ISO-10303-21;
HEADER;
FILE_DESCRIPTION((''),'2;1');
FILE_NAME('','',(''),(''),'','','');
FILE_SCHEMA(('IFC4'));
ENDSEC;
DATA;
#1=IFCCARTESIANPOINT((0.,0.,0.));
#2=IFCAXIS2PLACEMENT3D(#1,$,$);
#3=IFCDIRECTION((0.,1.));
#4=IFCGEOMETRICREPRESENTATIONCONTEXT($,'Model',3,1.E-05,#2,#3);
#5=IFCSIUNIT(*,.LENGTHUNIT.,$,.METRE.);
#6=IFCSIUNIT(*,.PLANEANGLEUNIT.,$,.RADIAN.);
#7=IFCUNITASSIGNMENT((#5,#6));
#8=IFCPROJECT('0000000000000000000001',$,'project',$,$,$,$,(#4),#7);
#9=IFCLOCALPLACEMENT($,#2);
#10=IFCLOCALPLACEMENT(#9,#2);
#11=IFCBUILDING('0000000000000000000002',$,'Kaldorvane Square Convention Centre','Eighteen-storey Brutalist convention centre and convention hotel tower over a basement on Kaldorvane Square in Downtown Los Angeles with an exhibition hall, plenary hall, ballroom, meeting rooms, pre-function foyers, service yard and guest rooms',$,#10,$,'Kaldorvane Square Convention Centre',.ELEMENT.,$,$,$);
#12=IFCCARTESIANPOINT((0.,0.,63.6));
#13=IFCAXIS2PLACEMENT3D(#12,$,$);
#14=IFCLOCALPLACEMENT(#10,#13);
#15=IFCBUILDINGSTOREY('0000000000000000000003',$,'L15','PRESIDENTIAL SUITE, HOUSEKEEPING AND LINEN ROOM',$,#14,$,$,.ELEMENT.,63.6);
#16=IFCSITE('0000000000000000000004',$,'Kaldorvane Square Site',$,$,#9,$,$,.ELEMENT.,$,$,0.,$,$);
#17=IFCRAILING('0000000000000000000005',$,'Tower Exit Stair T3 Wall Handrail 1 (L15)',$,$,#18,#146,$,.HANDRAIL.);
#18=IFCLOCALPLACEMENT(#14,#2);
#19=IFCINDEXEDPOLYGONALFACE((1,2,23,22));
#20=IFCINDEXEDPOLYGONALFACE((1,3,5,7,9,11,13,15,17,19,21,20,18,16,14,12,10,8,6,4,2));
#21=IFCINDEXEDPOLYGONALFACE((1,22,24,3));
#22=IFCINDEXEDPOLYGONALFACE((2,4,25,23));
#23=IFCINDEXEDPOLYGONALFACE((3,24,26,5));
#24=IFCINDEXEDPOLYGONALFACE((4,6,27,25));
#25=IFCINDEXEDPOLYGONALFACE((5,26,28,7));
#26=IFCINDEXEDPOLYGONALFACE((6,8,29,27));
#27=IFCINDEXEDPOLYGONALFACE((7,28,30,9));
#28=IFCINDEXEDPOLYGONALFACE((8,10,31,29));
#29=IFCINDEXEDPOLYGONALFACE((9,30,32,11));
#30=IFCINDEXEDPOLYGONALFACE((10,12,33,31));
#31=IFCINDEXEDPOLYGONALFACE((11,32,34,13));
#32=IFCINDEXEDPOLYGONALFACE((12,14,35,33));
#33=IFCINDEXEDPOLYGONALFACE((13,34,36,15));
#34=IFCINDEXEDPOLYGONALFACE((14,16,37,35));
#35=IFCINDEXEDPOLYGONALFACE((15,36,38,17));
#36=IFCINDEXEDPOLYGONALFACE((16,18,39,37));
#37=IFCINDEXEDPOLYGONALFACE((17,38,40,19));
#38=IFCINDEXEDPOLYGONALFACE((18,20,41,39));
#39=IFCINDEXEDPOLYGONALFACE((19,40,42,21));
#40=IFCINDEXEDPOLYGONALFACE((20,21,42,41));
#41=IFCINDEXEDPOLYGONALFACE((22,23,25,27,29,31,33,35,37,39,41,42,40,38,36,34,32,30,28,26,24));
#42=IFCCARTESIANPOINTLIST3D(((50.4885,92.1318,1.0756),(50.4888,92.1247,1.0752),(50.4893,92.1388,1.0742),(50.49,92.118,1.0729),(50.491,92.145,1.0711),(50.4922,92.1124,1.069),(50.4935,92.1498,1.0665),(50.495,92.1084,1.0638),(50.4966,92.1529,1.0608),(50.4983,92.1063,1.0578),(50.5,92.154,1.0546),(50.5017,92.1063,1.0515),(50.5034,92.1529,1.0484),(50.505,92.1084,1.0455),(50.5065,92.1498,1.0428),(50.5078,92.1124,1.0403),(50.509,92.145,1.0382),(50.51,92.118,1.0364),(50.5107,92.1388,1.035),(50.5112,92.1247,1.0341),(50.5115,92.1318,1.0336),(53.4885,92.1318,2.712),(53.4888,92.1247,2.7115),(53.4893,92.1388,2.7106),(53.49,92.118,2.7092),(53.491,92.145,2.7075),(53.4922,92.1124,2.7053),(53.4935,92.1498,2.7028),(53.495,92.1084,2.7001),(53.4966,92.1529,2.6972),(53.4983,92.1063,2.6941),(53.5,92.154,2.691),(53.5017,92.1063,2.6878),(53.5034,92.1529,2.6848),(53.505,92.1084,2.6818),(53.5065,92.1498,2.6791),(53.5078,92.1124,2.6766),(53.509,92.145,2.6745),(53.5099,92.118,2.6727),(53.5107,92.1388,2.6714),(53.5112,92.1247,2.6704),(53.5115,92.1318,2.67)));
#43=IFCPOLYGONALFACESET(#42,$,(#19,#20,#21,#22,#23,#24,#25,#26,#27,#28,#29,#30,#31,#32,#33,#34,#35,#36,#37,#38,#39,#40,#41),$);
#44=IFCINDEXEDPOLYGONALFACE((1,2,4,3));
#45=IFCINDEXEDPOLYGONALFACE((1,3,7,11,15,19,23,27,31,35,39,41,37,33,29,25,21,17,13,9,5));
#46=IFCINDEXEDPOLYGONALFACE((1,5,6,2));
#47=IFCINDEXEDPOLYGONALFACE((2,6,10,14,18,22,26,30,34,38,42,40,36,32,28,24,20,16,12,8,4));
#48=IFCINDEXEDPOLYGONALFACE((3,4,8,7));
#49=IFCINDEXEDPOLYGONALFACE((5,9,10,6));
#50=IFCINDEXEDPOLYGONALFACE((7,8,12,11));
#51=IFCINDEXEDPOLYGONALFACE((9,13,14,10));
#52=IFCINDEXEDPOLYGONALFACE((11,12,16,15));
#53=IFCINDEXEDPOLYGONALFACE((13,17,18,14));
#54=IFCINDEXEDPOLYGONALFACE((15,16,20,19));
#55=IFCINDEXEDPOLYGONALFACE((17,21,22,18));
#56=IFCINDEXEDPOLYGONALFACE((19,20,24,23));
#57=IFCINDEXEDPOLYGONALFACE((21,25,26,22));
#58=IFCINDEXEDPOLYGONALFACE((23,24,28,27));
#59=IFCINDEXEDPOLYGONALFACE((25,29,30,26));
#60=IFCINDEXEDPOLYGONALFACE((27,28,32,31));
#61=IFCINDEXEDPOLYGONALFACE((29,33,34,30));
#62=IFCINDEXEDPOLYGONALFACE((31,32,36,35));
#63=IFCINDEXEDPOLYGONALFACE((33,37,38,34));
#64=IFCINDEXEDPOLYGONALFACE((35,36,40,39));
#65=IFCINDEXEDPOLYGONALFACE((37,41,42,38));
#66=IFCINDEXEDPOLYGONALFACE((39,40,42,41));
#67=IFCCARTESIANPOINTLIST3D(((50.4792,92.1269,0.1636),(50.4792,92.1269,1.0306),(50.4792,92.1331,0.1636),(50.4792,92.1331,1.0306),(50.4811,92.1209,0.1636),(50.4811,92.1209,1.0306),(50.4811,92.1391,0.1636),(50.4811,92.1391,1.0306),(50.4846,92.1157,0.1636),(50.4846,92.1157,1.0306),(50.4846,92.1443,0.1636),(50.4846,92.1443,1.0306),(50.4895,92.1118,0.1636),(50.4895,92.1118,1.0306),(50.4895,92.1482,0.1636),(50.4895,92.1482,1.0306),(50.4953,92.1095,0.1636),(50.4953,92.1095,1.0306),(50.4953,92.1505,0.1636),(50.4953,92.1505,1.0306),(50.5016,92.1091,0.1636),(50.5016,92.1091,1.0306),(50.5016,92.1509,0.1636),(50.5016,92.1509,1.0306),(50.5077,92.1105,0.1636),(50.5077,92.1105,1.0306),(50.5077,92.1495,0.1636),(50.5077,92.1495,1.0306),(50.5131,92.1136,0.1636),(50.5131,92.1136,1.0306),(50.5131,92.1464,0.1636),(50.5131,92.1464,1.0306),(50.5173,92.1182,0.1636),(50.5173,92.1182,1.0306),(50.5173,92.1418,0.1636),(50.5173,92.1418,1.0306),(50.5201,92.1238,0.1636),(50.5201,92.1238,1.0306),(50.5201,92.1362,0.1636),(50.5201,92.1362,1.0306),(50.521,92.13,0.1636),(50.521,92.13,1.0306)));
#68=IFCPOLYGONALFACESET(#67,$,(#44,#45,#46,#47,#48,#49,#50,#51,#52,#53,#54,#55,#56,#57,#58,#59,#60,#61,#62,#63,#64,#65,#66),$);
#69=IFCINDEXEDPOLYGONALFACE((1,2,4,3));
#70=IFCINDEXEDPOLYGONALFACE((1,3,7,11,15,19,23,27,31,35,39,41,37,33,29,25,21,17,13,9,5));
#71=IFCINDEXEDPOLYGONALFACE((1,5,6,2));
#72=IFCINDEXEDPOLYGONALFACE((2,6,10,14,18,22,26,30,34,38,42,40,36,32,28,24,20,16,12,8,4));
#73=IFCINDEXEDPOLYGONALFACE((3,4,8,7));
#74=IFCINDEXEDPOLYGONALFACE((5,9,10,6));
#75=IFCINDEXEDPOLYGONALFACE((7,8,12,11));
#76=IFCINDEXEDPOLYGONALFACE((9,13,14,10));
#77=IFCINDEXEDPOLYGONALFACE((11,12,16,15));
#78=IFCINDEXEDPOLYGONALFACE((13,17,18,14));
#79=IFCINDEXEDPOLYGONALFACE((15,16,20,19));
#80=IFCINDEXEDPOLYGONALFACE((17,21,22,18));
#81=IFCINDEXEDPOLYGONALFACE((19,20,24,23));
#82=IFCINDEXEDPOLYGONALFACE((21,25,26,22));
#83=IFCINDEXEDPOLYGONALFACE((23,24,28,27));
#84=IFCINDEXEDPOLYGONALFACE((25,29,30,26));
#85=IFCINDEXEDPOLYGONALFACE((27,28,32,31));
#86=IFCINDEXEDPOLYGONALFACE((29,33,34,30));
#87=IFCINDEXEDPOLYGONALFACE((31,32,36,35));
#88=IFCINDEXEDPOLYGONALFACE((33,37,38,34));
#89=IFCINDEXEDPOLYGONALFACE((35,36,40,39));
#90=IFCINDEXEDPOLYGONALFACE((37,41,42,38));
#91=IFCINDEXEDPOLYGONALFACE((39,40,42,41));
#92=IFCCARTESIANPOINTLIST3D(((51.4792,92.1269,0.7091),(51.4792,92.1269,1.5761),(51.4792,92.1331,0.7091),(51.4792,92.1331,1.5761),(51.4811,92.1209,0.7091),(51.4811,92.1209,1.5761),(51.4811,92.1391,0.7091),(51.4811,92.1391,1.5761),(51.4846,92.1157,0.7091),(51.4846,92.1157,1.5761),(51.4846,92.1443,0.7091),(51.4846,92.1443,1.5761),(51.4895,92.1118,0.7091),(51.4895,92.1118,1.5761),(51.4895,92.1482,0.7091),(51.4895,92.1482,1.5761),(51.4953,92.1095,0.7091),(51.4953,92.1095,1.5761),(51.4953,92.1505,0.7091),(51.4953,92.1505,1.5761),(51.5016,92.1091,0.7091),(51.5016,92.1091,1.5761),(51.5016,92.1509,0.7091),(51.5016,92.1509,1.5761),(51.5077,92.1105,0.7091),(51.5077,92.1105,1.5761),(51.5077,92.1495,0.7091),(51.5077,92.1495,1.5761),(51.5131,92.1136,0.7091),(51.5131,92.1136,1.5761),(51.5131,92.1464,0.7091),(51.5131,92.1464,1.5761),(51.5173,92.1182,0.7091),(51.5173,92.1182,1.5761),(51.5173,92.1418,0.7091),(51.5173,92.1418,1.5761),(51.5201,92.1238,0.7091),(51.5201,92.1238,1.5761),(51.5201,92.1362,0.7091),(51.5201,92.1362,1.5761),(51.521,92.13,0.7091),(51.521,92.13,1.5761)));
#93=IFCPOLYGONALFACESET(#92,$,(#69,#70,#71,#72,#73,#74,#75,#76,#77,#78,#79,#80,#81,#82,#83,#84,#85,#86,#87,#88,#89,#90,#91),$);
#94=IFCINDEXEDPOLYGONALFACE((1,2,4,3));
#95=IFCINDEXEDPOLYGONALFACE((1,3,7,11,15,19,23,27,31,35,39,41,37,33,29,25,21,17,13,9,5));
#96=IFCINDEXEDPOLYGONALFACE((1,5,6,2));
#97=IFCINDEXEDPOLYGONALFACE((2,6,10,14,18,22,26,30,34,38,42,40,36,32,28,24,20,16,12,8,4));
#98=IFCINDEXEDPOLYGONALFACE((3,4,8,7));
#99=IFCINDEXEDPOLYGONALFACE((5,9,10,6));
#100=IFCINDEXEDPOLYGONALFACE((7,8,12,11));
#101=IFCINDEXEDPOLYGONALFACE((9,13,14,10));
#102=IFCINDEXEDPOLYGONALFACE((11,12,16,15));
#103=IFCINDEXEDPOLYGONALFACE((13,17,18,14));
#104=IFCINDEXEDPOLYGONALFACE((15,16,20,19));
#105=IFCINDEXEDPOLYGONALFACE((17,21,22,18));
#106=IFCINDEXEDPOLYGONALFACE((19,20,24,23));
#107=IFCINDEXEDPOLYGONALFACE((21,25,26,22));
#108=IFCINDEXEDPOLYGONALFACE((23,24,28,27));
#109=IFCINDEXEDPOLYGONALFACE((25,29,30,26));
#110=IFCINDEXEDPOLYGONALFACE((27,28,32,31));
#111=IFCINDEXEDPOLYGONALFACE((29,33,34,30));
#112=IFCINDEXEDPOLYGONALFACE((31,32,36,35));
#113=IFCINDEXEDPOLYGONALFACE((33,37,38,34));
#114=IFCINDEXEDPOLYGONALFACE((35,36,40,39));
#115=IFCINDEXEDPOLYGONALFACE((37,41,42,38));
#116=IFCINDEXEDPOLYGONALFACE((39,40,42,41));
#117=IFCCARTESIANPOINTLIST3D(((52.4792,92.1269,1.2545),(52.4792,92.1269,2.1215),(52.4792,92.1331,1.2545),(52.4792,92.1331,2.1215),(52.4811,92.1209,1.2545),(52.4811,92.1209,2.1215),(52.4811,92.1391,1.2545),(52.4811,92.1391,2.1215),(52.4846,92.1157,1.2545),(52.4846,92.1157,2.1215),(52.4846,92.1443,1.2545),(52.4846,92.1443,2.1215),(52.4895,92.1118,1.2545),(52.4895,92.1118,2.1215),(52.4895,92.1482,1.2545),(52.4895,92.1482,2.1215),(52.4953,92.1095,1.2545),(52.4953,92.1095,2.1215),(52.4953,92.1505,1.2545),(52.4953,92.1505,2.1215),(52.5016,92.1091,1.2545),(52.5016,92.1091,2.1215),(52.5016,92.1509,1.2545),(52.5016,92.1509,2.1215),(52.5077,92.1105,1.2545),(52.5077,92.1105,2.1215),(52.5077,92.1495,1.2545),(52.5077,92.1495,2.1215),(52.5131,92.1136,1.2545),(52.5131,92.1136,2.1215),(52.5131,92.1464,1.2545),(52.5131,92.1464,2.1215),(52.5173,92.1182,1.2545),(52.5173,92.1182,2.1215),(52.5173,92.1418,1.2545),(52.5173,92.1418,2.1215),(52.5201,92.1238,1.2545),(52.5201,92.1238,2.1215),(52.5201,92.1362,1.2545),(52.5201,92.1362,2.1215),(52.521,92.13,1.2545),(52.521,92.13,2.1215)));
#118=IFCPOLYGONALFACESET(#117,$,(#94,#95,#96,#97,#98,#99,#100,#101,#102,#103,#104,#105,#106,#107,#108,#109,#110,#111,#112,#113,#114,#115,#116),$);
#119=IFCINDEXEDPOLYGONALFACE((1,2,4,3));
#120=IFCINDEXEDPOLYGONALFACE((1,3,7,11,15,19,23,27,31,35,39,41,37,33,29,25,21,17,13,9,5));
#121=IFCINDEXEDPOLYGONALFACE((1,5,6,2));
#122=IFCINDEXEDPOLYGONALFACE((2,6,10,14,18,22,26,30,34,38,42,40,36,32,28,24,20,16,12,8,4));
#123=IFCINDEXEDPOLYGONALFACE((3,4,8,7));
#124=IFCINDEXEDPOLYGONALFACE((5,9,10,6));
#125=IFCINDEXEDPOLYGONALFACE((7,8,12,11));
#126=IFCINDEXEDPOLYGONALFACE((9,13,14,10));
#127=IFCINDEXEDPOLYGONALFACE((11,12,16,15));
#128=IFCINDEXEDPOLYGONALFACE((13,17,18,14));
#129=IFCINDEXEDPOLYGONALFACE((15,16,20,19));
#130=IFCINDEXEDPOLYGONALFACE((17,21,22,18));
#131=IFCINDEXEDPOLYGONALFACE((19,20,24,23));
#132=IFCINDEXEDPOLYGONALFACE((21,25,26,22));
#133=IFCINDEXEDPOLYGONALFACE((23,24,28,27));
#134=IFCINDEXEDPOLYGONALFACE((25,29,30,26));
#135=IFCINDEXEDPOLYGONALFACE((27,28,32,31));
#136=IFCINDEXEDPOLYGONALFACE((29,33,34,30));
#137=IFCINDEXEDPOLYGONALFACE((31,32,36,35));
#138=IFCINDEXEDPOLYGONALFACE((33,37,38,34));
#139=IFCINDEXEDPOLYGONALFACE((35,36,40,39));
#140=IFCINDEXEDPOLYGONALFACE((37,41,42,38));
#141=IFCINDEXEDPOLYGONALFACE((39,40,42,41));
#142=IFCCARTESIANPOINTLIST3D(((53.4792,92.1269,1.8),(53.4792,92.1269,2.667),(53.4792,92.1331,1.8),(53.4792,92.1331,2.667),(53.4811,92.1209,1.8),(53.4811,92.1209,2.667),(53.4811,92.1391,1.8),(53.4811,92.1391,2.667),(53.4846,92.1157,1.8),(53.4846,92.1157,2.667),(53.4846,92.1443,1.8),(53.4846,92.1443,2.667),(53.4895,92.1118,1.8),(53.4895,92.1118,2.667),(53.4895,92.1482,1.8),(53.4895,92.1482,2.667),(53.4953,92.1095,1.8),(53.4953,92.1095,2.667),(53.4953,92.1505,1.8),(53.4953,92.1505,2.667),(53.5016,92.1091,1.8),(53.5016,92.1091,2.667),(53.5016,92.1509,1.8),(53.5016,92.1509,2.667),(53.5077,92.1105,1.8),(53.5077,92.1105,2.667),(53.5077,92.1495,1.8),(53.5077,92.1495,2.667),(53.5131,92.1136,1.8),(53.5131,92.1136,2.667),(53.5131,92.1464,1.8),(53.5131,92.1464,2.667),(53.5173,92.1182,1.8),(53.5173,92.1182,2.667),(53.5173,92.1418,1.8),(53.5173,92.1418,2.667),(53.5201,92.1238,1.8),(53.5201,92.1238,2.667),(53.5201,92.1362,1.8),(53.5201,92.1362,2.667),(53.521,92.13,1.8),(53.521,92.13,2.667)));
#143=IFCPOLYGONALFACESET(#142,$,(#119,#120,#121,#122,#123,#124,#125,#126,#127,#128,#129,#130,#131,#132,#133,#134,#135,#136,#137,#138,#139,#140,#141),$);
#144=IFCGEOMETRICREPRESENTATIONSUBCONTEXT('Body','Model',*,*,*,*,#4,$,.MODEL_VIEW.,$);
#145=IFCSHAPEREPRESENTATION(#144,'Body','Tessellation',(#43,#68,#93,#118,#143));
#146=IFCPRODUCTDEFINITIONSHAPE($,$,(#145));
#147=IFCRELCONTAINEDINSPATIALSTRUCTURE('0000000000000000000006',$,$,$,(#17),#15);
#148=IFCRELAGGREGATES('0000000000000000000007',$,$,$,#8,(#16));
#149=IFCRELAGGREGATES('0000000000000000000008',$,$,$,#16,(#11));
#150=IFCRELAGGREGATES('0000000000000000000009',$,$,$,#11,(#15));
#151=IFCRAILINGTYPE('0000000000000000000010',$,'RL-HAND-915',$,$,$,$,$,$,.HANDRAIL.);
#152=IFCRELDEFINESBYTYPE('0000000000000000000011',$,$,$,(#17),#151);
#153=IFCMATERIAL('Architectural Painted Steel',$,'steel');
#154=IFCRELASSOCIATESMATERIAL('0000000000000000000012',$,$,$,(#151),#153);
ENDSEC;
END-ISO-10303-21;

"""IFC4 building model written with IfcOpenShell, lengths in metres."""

from ifc_helpers import new_model, si_unit, direction, frame, origin, origin_2d, place, context, subcontext, project, spatial, circle, extrude, material, type_object, element, save


model = new_model("IFC4")

# Units and contexts
model_context = context("Model", 3, precision=1e-05, world=origin(), true_north=direction((0.0, 1.0)))
body_context = subcontext(model_context, "Body", "Model", "MODEL_VIEW")
ifc_project = project(units=[si_unit("LENGTHUNIT", "METRE"), si_unit("PLANEANGLEUNIT", "RADIAN")], contexts=[model_context])

# Site, building, storey
site_placement = place(None, origin())
site = spatial("IfcSite", under=ifc_project, at=site_placement, Name="Kaldorvane Square Site", CompositionType="ELEMENT", RefElevation=0.0)
building_placement = place(site_placement, origin())
building = spatial("IfcBuilding", under=site, at=building_placement, Name="Kaldorvane Square Convention Centre", Description="Eighteen-storey Brutalist convention centre and convention hotel tower over a basement on Kaldorvane Square in Downtown Los Angeles with an exhibition hall, plenary hall, ballroom, meeting rooms, pre-function foyers, service yard and guest rooms", LongName="Kaldorvane Square Convention Centre", CompositionType="ELEMENT")
storey_placement = place(building_placement, frame((0.0, 0.0, 63.6)))
storey = spatial("IfcBuildingStorey", under=building, at=storey_placement, Name="L15", Description="PRESIDENTIAL SUITE, HOUSEKEEPING AND LINEN ROOM", CompositionType="ELEMENT", Elevation=63.6)

# Railing
ifc_material_1 = material(Name="Architectural Painted Steel", Category="steel")
railing_type_1 = type_object("IfcRailingType", Name="RL-HAND-915", PredefinedType="HANDRAIL", material=ifc_material_1)
for number, where, name in (
    (1, (50.5, 92.13, 0.1636), "Tower Exit Stair T3 Wall Handrail 1 (L15)"),
):
    element("IfcRailing", number, at=place(storey_placement, frame(where)), inside=storey, type_object=railing_type_1, Name=name, PredefinedType="HANDRAIL", context=body_context, shape_type="SweptSolid", body=[
        extrude(circle(Radius=0.024, at=origin_2d()), frame((0.0, 0.0, 0.891), z_axis=(0.877897, 0.0, 0.47885), x_axis=(0.0, 1.0, 0.0)), (0.0, 0.0, 1.0), 3.4173),
        extrude(circle(Radius=0.021, at=origin_2d()), origin(), (0.0, 0.0, 1.0), 0.867),
        extrude(circle(Radius=0.021, at=origin_2d()), frame((1.0, 0.0, 0.5455)), (0.0, 0.0, 1.0), 0.867),
        extrude(circle(Radius=0.021, at=origin_2d()), frame((2.0, 0.0, 1.0909)), (0.0, 0.0, 1.0), 0.867),
        extrude(circle(Radius=0.021, at=origin_2d()), frame((3.0, 0.0, 1.6364)), (0.0, 0.0, 1.0), 0.867),
    ])

save(model, "model.ifc")
